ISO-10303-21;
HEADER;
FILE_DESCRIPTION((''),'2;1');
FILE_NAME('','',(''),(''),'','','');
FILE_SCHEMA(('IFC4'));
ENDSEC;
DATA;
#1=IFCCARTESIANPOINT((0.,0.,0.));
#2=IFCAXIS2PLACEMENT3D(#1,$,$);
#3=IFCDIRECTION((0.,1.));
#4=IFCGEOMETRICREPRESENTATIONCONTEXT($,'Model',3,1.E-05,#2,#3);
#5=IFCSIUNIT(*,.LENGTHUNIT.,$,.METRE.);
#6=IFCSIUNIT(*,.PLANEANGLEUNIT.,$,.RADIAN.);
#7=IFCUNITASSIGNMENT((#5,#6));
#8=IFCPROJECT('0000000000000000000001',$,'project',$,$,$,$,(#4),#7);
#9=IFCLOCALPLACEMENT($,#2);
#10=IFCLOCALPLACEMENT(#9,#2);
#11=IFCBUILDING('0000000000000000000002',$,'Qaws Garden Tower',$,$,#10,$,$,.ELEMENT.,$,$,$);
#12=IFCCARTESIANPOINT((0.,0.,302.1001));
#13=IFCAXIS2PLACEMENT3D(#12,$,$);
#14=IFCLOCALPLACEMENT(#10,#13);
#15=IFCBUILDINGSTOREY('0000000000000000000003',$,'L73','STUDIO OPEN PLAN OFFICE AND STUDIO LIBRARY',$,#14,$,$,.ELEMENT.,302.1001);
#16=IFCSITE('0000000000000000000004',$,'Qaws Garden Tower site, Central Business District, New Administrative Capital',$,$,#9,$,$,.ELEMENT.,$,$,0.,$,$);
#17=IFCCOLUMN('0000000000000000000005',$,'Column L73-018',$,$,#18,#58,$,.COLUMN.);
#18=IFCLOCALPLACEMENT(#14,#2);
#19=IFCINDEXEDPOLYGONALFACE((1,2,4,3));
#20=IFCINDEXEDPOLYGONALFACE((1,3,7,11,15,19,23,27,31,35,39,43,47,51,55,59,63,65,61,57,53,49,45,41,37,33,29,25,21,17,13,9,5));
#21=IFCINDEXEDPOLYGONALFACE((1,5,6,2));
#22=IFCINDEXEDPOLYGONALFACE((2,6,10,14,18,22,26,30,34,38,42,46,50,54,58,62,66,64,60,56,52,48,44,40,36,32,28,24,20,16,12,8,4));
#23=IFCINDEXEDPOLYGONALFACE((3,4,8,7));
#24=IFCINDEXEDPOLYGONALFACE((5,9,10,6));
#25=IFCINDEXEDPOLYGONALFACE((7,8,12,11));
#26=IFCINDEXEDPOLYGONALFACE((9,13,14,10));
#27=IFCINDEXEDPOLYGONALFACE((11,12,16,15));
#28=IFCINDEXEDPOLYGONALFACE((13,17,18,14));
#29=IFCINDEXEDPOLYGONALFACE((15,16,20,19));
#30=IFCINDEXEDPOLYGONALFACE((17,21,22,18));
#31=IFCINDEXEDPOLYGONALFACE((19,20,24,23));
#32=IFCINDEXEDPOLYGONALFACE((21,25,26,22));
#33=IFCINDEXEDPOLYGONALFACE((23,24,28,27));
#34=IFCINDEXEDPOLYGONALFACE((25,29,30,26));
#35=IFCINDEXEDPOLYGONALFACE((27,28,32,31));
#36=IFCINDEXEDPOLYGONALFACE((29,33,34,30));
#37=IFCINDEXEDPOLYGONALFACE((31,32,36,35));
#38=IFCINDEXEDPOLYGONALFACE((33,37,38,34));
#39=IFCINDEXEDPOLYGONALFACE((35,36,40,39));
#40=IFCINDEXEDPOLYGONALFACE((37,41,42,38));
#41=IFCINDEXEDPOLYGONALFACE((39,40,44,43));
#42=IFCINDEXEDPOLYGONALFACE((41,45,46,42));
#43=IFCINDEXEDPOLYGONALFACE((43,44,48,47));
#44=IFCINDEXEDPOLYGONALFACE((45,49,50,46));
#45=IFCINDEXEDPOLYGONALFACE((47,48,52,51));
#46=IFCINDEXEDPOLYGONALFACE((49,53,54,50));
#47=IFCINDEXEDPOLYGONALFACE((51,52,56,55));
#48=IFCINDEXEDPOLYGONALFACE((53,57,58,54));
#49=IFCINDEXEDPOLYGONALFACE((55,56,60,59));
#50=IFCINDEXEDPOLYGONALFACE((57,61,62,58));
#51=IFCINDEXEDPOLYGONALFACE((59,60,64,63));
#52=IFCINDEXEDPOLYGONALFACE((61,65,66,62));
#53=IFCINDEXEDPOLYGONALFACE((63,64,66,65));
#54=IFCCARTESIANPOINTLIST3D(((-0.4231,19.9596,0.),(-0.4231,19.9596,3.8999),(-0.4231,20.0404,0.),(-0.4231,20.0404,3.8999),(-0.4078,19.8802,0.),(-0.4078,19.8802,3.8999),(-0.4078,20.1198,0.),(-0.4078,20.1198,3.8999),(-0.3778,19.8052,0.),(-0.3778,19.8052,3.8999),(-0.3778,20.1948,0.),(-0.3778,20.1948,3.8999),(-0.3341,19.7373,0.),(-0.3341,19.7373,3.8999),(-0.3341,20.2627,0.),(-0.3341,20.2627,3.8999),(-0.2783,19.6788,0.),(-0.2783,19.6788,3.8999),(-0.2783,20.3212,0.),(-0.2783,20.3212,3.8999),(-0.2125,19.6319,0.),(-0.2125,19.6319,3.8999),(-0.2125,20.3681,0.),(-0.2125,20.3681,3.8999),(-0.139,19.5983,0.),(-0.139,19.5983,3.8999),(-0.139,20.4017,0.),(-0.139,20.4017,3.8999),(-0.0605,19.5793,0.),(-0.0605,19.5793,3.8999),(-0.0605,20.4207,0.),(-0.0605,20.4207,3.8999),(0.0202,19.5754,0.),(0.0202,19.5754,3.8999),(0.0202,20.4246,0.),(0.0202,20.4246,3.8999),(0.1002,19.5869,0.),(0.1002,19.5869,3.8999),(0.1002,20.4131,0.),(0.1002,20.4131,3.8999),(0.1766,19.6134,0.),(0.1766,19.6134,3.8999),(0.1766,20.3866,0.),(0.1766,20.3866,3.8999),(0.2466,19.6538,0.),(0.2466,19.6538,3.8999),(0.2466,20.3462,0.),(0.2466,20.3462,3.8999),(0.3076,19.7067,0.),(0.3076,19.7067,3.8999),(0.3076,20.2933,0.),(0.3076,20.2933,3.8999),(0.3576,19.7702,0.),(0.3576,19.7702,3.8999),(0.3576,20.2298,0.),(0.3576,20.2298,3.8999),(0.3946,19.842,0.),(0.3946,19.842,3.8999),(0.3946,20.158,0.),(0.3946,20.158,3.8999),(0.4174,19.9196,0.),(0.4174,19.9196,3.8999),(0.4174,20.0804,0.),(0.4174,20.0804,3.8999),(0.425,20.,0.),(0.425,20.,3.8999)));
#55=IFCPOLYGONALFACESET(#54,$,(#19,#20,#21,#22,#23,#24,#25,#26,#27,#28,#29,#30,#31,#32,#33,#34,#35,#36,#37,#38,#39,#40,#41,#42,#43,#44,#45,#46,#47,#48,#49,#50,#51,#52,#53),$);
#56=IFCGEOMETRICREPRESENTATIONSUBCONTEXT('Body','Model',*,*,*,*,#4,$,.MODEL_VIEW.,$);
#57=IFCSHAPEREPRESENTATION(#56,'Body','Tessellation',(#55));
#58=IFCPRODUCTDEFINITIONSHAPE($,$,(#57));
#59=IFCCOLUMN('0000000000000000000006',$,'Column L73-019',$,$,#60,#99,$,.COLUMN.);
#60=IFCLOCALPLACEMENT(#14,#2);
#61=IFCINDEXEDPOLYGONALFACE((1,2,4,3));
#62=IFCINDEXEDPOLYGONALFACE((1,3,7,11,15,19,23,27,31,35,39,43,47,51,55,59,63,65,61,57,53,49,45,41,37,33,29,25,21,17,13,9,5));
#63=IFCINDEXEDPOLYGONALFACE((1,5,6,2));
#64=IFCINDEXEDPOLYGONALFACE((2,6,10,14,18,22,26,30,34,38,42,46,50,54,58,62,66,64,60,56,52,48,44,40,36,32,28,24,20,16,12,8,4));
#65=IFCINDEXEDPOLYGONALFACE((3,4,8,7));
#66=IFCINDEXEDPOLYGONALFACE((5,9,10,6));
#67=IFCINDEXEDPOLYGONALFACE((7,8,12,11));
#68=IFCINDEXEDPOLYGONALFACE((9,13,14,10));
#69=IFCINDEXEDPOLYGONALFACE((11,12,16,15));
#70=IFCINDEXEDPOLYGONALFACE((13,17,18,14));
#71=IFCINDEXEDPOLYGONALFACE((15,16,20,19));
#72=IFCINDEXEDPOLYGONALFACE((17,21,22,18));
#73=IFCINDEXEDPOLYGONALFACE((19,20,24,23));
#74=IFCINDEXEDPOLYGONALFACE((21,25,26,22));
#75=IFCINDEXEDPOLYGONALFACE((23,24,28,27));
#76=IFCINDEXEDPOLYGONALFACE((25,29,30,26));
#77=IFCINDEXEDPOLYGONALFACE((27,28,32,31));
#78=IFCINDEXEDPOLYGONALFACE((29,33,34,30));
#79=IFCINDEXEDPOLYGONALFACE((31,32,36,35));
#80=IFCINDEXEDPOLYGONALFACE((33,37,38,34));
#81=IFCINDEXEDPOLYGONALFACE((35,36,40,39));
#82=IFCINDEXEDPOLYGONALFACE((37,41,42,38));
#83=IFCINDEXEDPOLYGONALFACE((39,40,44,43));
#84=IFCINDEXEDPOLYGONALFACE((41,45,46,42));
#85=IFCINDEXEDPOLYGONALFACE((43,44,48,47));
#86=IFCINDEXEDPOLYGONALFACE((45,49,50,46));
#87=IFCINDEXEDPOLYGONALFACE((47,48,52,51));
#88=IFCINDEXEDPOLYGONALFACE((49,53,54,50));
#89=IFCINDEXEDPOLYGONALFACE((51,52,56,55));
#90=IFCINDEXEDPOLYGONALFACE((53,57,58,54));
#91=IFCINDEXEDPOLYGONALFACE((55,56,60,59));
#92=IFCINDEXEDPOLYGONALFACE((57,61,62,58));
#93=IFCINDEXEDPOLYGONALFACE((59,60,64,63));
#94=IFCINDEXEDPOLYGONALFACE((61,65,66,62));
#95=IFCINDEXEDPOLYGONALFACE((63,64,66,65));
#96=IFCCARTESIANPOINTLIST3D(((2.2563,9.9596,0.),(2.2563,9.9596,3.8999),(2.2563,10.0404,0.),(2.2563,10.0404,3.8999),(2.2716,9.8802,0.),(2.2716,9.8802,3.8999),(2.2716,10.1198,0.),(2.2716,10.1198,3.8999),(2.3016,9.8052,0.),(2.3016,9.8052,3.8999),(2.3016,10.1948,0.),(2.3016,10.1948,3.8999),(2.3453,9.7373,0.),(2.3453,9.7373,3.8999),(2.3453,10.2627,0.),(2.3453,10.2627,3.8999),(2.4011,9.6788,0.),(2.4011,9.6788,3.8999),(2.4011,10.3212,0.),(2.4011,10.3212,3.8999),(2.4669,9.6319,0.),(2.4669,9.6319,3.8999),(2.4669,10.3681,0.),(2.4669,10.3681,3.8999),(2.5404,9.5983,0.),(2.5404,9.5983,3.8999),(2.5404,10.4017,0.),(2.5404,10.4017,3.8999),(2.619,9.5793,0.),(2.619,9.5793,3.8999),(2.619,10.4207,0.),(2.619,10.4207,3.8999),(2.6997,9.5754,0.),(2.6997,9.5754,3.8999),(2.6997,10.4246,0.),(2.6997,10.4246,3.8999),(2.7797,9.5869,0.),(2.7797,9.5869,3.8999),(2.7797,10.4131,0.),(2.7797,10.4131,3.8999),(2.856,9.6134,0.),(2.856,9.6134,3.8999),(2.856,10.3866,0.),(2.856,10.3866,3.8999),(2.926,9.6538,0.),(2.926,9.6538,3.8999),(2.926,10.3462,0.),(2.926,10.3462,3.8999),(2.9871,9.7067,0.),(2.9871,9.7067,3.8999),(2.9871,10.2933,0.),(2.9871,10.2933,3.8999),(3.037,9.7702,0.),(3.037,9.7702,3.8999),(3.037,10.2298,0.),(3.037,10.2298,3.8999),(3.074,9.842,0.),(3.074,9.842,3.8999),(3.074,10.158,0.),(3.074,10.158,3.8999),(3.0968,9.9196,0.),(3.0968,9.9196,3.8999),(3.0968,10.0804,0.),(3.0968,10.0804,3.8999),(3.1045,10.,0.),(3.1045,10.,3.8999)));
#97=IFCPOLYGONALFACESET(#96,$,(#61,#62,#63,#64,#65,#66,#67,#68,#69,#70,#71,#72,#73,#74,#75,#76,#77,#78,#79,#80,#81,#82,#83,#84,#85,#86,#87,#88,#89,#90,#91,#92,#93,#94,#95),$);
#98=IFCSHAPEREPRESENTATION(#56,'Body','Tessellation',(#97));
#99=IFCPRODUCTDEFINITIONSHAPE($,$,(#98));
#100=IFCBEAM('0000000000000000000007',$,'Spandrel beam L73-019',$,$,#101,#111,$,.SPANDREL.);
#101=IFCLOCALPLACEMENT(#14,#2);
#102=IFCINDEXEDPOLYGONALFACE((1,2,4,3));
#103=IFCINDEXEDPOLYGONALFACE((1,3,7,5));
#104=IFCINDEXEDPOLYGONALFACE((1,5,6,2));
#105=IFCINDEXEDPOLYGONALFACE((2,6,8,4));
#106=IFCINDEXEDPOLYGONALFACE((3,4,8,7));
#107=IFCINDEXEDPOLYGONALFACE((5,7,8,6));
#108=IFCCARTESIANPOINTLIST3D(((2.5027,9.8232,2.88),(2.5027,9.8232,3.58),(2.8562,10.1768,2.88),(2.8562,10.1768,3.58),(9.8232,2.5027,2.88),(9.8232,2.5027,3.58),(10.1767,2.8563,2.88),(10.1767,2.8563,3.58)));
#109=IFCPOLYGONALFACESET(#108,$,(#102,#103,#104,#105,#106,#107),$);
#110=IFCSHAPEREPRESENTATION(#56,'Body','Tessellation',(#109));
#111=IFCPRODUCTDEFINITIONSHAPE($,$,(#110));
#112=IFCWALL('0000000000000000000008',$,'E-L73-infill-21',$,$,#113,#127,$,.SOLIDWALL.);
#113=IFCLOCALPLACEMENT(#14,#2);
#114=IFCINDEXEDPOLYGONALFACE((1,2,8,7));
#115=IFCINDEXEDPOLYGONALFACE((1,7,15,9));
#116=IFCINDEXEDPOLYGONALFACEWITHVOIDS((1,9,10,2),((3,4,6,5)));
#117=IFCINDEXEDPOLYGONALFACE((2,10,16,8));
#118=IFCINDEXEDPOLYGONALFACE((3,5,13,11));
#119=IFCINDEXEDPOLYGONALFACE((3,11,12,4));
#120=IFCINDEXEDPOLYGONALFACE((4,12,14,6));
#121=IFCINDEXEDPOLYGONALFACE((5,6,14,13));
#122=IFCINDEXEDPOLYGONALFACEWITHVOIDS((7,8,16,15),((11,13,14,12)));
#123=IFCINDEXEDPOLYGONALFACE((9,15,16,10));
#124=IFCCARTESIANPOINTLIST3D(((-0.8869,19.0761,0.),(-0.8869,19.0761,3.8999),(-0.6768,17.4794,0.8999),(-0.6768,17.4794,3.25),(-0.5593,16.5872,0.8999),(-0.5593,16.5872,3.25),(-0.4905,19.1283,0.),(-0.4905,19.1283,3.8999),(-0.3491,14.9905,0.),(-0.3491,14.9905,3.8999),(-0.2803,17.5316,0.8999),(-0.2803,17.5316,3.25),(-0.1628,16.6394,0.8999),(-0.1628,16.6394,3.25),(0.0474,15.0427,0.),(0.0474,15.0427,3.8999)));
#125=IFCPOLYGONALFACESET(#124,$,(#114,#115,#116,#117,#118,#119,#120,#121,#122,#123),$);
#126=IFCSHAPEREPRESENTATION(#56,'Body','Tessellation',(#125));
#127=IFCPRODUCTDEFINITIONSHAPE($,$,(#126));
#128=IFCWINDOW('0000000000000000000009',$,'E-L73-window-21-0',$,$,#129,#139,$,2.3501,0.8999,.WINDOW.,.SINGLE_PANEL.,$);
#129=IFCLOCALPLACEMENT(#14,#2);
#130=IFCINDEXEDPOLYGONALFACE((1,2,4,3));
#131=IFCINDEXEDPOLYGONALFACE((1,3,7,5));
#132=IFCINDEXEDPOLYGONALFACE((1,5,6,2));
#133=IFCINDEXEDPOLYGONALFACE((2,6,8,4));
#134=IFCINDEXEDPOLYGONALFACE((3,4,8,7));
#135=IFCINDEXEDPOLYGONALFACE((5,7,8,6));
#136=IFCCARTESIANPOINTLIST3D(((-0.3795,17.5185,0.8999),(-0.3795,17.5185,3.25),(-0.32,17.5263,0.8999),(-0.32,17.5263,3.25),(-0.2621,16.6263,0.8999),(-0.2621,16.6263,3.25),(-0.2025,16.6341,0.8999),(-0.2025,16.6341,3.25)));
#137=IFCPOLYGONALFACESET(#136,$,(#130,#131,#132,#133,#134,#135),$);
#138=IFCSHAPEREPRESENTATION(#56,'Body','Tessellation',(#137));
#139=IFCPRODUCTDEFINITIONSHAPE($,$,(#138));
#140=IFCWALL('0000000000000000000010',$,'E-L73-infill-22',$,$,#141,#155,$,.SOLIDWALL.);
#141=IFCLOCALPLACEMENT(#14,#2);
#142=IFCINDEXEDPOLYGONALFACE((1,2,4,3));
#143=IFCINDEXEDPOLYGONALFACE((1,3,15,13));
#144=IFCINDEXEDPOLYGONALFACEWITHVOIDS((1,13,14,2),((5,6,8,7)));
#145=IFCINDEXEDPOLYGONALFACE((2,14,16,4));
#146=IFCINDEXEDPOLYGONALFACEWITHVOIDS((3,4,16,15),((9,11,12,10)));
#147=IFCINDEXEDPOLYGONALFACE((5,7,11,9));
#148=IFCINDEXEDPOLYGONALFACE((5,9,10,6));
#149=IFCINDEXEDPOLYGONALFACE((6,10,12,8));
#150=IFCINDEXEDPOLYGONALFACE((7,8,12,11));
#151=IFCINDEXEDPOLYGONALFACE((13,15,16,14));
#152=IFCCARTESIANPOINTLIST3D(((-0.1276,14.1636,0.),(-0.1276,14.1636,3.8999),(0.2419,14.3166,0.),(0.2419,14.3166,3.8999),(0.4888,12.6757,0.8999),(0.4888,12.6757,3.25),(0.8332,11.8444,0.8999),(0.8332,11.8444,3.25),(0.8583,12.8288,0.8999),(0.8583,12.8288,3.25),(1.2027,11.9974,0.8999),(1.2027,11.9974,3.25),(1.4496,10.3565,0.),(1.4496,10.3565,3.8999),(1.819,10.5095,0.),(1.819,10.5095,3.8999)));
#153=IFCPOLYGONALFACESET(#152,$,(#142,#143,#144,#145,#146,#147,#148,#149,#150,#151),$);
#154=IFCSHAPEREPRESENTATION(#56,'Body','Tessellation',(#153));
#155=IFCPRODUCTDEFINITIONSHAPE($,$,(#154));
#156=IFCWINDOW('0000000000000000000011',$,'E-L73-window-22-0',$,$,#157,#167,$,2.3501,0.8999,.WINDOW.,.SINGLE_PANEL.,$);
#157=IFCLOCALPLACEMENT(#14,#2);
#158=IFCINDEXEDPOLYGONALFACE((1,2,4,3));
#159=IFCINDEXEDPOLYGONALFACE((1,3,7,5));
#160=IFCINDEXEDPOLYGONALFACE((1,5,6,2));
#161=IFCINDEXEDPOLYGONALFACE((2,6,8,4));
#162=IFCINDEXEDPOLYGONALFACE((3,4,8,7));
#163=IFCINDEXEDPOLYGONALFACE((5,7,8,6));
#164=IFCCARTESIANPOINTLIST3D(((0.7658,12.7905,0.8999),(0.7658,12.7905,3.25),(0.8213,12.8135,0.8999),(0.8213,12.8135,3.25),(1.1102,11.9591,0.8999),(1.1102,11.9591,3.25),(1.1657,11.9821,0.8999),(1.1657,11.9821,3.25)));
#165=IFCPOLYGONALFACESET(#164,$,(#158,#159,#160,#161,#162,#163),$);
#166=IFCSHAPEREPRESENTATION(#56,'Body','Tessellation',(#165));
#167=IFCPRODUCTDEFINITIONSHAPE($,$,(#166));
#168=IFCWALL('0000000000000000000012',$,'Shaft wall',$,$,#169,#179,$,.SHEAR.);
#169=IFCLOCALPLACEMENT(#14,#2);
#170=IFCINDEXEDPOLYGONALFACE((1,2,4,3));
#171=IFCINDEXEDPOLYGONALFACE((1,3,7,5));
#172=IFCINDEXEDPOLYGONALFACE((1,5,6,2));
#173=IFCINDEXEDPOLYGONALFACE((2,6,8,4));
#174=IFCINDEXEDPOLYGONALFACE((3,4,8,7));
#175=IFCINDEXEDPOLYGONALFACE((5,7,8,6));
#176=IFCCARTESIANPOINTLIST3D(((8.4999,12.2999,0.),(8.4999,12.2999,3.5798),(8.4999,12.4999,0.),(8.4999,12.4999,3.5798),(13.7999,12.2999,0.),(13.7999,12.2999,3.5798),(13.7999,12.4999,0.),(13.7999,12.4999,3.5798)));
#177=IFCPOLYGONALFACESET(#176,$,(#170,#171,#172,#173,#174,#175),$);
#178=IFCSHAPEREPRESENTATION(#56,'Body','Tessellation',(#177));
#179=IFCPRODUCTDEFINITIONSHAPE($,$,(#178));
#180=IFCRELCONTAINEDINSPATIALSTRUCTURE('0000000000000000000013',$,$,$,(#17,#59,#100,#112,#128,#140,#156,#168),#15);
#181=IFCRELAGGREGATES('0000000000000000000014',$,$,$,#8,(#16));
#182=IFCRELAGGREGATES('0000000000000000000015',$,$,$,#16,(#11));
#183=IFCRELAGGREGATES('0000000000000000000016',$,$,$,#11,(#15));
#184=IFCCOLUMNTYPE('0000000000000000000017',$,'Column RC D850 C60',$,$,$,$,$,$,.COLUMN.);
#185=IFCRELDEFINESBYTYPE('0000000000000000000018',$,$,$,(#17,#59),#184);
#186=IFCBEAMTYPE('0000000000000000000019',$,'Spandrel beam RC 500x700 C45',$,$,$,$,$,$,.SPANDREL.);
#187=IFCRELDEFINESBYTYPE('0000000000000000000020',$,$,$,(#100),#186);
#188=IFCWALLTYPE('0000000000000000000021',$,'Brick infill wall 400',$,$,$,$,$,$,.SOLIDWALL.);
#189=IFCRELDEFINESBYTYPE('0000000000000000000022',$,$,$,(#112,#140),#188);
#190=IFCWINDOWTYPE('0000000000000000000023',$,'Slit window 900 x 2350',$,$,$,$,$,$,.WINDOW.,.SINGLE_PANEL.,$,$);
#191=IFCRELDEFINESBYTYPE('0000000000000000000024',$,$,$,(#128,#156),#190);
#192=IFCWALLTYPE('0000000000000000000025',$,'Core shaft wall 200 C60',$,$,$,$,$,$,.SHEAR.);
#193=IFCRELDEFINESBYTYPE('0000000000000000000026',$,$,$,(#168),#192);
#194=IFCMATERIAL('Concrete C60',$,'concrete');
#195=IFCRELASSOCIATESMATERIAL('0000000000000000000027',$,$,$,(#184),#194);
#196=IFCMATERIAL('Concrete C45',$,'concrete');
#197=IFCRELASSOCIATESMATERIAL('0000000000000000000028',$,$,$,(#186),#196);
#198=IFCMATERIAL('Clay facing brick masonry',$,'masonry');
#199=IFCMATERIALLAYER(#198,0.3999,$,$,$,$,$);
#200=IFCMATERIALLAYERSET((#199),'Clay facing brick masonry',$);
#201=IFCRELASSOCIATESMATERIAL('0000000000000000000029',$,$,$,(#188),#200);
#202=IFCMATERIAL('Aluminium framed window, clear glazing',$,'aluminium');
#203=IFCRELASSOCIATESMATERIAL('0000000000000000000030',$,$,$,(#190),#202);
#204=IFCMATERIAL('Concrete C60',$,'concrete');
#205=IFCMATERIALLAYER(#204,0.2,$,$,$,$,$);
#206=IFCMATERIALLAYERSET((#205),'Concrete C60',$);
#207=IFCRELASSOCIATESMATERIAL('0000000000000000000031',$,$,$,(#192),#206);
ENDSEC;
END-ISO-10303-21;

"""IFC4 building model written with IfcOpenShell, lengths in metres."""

from ifc_helpers import new_model, si_unit, direction, frame, frame_2d, origin, origin_2d, place, context, subcontext, project, spatial, rectangle, circle, extrude, material, layer, layer_set, material_profile, profile_set, type_object, element, fill, save


model = new_model("IFC4")

# Units and contexts
model_context = context("Model", 3, precision=1e-05, world=origin(), true_north=direction((0.0, 1.0)))
body_context = subcontext(model_context, "Body", "Model", "MODEL_VIEW")
ifc_project = project(units=[si_unit("LENGTHUNIT", "METRE"), si_unit("PLANEANGLEUNIT", "RADIAN")], contexts=[model_context])

# Site, building, storey
site_placement = place(None, origin())
site = spatial("IfcSite", under=ifc_project, at=site_placement, Name="Qaws Garden Tower site, Central Business District, New Administrative Capital", CompositionType="ELEMENT", RefElevation=0.0)
building_placement = place(site_placement, origin())
building = spatial("IfcBuilding", under=site, at=building_placement, Name="Qaws Garden Tower", CompositionType="ELEMENT")
storey_placement = place(building_placement, frame((0.0, 0.0, 302.1001)))
storey = spatial("IfcBuildingStorey", under=building, at=storey_placement, Name="L73", Description="STUDIO OPEN PLAN OFFICE AND STUDIO LIBRARY", CompositionType="ELEMENT", Elevation=302.1001)

# Columns
ifc_material_1 = material(Name="Concrete C60", Category="concrete")
ifc_material_profile_1 = material_profile(ifc_material_1, circle(Radius=0.425, at=origin_2d()), Name="RC D850")
ifc_profile_set_1 = profile_set([ifc_material_profile_1], Name="Concrete C60")
column_type = type_object("IfcColumnType", Name="Column RC D850 C60", PredefinedType="COLUMN", material=ifc_profile_set_1)
for number, where, z_axis, x_axis, name in (
    (1, (0.0, 20.0, 0.0), (0.0, 0.0, 1.0), (1.0, 0.0, 0.0), "Column L73-018"),
    (2, (2.6794, 10.0, 0.0), (0.0, 0.0, 1.0), (1.0, 0.0, 0.0), "Column L73-019"),
):
    element("IfcColumn", number, at=place(storey_placement, frame(where, z_axis=z_axis, x_axis=x_axis)), inside=storey, type_object=column_type, Name=name, PredefinedType="COLUMN", context=body_context, shape_type="SweptSolid", body=[
        extrude(circle(Radius=0.425, at=origin_2d()), origin(), (0.0, 0.0, 1.0), 3.8999),
    ])

# Beam
ifc_material_2 = material(Name="Concrete C45", Category="concrete")
ifc_material_profile_2 = material_profile(ifc_material_2, rectangle(XDim=0.5, YDim=0.7, at=origin_2d()), Name="RC 500x700")
ifc_profile_set_2 = profile_set([ifc_material_profile_2], Name="Concrete C45")
beam_type = type_object("IfcBeamType", Name="Spandrel beam RC 500x700 C45", PredefinedType="SPANDREL", material=ifc_profile_set_2)
beam_placement = place(storey_placement, frame((2.6794, 10.0, 3.23), z_axis=(0.707107, -0.707107, 0.0), x_axis=(0.707107, 0.707107, 0.0)))
element("IfcBeam", 3, at=beam_placement, inside=storey, type_object=beam_type, Name="Spandrel beam L73-019", PredefinedType="SPANDREL", context=body_context, shape_type="SweptSolid", body=[
    extrude(rectangle(XDim=0.5, YDim=0.7, at=origin_2d()), origin(), (0.0, 0.0, 1.0), 10.3528),
])

# Walls, openings, windows
ifc_material_3 = material(Name="Clay facing brick masonry", Category="masonry")
ifc_layer_1 = layer(ifc_material_3, 0.3999)
ifc_layer_set_1 = layer_set([ifc_layer_1], Name="Clay facing brick masonry")
wall_type_1 = type_object("IfcWallType", Name="Brick infill wall 400", PredefinedType="SOLIDWALL", material=ifc_layer_set_1)
wall_1_placement = place(storey_placement, frame((-0.6887, 19.1023, 0.0), z_axis=(0.0, 0.0, 1.0), x_axis=(0.130514, -0.991446, 0.0)))
wall_1 = element("IfcWall", 4, at=wall_1_placement, inside=storey, type_object=wall_type_1, Name="E-L73-infill-21", PredefinedType="SOLIDWALL", context=body_context, shape_type="SweptSolid", body=[
    extrude(rectangle(XDim=4.1208, YDim=0.3999, at=frame_2d((2.0605, 0.0))), origin(), (0.0, 0.0, 1.0), 3.8999),
])
opening_1_placement = place(wall_1_placement, frame((1.6106, 0.0, 0.8999)))
opening_1 = element("IfcOpeningElement", 5, at=opening_1_placement, cuts=wall_1, PredefinedType="OPENING", context=body_context, shape_type="SweptSolid", body=[
    extrude(rectangle(XDim=0.8999, YDim=2.3501, at=frame_2d((0.45, 1.175))), frame((0.0, 0.21, 0.0), z_axis=(0.0, -1.0, 0.0), x_axis=(1.0, 0.0, 0.0)), (0.0, 0.0, 1.0), 0.4199),
])
ifc_material_4 = material(Name="Aluminium framed window, clear glazing", Category="aluminium")
window_type = type_object("IfcWindowType", Name="Slit window 900 x 2350", PartitioningType="SINGLE_PANEL", PredefinedType="WINDOW", material=ifc_material_4)
window_1_placement = place(opening_1_placement, origin())
window_1 = element("IfcWindow", 6, at=window_1_placement, inside=storey, type_object=window_type, Name="E-L73-window-21-0", OverallHeight=2.3501, OverallWidth=0.8999, PartitioningType="SINGLE_PANEL", PredefinedType="WINDOW", context=body_context, shape_type="SweptSolid", body=[
    extrude(rectangle(XDim=0.8999, YDim=2.3501, at=frame_2d((0.45, 1.175))), frame((0.0, 0.1599, 0.0), z_axis=(0.0, -1.0, 0.0), x_axis=(1.0, 0.0, 0.0)), (0.0, 0.0, 1.0), 0.0601),
])
fill(opening_1, window_1)
wall_2_placement = place(storey_placement, frame((0.0571, 14.2402, 0.0), z_axis=(0.0, 0.0, 1.0), x_axis=(0.382722, -0.923864, 0.0)))
wall_2 = element("IfcWall", 7, at=wall_2_placement, inside=storey, type_object=wall_type_1, Name="E-L73-infill-22", PredefinedType="SOLIDWALL", context=body_context, shape_type="SweptSolid", body=[
    extrude(rectangle(XDim=4.1208, YDim=0.3999, at=frame_2d((2.0605, 0.0))), origin(), (0.0, 0.0, 1.0), 3.8999),
])
opening_2_placement = place(wall_2_placement, frame((1.6106, 0.0, 0.8999)))
opening_2 = element("IfcOpeningElement", 8, at=opening_2_placement, cuts=wall_2, PredefinedType="OPENING", context=body_context, shape_type="SweptSolid", body=[
    extrude(rectangle(XDim=0.8999, YDim=2.3501, at=frame_2d((0.45, 1.175))), frame((0.0, 0.21, 0.0), z_axis=(0.0, -1.0, 0.0), x_axis=(1.0, 0.0, 0.0)), (0.0, 0.0, 1.0), 0.4199),
])
window_2_placement = place(opening_2_placement, origin())
window_2 = element("IfcWindow", 9, at=window_2_placement, inside=storey, type_object=window_type, Name="E-L73-window-22-0", OverallHeight=2.3501, OverallWidth=0.8999, PartitioningType="SINGLE_PANEL", PredefinedType="WINDOW", context=body_context, shape_type="SweptSolid", body=[
    extrude(rectangle(XDim=0.8999, YDim=2.3501, at=frame_2d((0.45, 1.175))), frame((0.0, 0.1599, 0.0), z_axis=(0.0, -1.0, 0.0), x_axis=(1.0, 0.0, 0.0)), (0.0, 0.0, 1.0), 0.0601),
])
fill(opening_2, window_2)

# Wall
ifc_material_5 = material(Name="Concrete C60", Category="concrete")
ifc_layer_2 = layer(ifc_material_5, 0.2)
ifc_layer_set_2 = layer_set([ifc_layer_2], Name="Concrete C60")
wall_type_2 = type_object("IfcWallType", Name="Core shaft wall 200 C60", PredefinedType="SHEAR", material=ifc_layer_set_2)
wall_3_placement = place(storey_placement, frame((8.5, 12.3999, 0.0), z_axis=(0.0, 0.0, 1.0), x_axis=(1.0, 0.0, 0.0)))
element("IfcWall", 10, at=wall_3_placement, inside=storey, type_object=wall_type_2, Name="Shaft wall", PredefinedType="SHEAR", context=body_context, shape_type="SweptSolid", body=[
    extrude(rectangle(XDim=5.3, YDim=0.2, at=frame_2d((2.6499, 0.0))), origin(), (0.0, 0.0, 1.0), 3.5798),
])

save(model, "model.ifc")
